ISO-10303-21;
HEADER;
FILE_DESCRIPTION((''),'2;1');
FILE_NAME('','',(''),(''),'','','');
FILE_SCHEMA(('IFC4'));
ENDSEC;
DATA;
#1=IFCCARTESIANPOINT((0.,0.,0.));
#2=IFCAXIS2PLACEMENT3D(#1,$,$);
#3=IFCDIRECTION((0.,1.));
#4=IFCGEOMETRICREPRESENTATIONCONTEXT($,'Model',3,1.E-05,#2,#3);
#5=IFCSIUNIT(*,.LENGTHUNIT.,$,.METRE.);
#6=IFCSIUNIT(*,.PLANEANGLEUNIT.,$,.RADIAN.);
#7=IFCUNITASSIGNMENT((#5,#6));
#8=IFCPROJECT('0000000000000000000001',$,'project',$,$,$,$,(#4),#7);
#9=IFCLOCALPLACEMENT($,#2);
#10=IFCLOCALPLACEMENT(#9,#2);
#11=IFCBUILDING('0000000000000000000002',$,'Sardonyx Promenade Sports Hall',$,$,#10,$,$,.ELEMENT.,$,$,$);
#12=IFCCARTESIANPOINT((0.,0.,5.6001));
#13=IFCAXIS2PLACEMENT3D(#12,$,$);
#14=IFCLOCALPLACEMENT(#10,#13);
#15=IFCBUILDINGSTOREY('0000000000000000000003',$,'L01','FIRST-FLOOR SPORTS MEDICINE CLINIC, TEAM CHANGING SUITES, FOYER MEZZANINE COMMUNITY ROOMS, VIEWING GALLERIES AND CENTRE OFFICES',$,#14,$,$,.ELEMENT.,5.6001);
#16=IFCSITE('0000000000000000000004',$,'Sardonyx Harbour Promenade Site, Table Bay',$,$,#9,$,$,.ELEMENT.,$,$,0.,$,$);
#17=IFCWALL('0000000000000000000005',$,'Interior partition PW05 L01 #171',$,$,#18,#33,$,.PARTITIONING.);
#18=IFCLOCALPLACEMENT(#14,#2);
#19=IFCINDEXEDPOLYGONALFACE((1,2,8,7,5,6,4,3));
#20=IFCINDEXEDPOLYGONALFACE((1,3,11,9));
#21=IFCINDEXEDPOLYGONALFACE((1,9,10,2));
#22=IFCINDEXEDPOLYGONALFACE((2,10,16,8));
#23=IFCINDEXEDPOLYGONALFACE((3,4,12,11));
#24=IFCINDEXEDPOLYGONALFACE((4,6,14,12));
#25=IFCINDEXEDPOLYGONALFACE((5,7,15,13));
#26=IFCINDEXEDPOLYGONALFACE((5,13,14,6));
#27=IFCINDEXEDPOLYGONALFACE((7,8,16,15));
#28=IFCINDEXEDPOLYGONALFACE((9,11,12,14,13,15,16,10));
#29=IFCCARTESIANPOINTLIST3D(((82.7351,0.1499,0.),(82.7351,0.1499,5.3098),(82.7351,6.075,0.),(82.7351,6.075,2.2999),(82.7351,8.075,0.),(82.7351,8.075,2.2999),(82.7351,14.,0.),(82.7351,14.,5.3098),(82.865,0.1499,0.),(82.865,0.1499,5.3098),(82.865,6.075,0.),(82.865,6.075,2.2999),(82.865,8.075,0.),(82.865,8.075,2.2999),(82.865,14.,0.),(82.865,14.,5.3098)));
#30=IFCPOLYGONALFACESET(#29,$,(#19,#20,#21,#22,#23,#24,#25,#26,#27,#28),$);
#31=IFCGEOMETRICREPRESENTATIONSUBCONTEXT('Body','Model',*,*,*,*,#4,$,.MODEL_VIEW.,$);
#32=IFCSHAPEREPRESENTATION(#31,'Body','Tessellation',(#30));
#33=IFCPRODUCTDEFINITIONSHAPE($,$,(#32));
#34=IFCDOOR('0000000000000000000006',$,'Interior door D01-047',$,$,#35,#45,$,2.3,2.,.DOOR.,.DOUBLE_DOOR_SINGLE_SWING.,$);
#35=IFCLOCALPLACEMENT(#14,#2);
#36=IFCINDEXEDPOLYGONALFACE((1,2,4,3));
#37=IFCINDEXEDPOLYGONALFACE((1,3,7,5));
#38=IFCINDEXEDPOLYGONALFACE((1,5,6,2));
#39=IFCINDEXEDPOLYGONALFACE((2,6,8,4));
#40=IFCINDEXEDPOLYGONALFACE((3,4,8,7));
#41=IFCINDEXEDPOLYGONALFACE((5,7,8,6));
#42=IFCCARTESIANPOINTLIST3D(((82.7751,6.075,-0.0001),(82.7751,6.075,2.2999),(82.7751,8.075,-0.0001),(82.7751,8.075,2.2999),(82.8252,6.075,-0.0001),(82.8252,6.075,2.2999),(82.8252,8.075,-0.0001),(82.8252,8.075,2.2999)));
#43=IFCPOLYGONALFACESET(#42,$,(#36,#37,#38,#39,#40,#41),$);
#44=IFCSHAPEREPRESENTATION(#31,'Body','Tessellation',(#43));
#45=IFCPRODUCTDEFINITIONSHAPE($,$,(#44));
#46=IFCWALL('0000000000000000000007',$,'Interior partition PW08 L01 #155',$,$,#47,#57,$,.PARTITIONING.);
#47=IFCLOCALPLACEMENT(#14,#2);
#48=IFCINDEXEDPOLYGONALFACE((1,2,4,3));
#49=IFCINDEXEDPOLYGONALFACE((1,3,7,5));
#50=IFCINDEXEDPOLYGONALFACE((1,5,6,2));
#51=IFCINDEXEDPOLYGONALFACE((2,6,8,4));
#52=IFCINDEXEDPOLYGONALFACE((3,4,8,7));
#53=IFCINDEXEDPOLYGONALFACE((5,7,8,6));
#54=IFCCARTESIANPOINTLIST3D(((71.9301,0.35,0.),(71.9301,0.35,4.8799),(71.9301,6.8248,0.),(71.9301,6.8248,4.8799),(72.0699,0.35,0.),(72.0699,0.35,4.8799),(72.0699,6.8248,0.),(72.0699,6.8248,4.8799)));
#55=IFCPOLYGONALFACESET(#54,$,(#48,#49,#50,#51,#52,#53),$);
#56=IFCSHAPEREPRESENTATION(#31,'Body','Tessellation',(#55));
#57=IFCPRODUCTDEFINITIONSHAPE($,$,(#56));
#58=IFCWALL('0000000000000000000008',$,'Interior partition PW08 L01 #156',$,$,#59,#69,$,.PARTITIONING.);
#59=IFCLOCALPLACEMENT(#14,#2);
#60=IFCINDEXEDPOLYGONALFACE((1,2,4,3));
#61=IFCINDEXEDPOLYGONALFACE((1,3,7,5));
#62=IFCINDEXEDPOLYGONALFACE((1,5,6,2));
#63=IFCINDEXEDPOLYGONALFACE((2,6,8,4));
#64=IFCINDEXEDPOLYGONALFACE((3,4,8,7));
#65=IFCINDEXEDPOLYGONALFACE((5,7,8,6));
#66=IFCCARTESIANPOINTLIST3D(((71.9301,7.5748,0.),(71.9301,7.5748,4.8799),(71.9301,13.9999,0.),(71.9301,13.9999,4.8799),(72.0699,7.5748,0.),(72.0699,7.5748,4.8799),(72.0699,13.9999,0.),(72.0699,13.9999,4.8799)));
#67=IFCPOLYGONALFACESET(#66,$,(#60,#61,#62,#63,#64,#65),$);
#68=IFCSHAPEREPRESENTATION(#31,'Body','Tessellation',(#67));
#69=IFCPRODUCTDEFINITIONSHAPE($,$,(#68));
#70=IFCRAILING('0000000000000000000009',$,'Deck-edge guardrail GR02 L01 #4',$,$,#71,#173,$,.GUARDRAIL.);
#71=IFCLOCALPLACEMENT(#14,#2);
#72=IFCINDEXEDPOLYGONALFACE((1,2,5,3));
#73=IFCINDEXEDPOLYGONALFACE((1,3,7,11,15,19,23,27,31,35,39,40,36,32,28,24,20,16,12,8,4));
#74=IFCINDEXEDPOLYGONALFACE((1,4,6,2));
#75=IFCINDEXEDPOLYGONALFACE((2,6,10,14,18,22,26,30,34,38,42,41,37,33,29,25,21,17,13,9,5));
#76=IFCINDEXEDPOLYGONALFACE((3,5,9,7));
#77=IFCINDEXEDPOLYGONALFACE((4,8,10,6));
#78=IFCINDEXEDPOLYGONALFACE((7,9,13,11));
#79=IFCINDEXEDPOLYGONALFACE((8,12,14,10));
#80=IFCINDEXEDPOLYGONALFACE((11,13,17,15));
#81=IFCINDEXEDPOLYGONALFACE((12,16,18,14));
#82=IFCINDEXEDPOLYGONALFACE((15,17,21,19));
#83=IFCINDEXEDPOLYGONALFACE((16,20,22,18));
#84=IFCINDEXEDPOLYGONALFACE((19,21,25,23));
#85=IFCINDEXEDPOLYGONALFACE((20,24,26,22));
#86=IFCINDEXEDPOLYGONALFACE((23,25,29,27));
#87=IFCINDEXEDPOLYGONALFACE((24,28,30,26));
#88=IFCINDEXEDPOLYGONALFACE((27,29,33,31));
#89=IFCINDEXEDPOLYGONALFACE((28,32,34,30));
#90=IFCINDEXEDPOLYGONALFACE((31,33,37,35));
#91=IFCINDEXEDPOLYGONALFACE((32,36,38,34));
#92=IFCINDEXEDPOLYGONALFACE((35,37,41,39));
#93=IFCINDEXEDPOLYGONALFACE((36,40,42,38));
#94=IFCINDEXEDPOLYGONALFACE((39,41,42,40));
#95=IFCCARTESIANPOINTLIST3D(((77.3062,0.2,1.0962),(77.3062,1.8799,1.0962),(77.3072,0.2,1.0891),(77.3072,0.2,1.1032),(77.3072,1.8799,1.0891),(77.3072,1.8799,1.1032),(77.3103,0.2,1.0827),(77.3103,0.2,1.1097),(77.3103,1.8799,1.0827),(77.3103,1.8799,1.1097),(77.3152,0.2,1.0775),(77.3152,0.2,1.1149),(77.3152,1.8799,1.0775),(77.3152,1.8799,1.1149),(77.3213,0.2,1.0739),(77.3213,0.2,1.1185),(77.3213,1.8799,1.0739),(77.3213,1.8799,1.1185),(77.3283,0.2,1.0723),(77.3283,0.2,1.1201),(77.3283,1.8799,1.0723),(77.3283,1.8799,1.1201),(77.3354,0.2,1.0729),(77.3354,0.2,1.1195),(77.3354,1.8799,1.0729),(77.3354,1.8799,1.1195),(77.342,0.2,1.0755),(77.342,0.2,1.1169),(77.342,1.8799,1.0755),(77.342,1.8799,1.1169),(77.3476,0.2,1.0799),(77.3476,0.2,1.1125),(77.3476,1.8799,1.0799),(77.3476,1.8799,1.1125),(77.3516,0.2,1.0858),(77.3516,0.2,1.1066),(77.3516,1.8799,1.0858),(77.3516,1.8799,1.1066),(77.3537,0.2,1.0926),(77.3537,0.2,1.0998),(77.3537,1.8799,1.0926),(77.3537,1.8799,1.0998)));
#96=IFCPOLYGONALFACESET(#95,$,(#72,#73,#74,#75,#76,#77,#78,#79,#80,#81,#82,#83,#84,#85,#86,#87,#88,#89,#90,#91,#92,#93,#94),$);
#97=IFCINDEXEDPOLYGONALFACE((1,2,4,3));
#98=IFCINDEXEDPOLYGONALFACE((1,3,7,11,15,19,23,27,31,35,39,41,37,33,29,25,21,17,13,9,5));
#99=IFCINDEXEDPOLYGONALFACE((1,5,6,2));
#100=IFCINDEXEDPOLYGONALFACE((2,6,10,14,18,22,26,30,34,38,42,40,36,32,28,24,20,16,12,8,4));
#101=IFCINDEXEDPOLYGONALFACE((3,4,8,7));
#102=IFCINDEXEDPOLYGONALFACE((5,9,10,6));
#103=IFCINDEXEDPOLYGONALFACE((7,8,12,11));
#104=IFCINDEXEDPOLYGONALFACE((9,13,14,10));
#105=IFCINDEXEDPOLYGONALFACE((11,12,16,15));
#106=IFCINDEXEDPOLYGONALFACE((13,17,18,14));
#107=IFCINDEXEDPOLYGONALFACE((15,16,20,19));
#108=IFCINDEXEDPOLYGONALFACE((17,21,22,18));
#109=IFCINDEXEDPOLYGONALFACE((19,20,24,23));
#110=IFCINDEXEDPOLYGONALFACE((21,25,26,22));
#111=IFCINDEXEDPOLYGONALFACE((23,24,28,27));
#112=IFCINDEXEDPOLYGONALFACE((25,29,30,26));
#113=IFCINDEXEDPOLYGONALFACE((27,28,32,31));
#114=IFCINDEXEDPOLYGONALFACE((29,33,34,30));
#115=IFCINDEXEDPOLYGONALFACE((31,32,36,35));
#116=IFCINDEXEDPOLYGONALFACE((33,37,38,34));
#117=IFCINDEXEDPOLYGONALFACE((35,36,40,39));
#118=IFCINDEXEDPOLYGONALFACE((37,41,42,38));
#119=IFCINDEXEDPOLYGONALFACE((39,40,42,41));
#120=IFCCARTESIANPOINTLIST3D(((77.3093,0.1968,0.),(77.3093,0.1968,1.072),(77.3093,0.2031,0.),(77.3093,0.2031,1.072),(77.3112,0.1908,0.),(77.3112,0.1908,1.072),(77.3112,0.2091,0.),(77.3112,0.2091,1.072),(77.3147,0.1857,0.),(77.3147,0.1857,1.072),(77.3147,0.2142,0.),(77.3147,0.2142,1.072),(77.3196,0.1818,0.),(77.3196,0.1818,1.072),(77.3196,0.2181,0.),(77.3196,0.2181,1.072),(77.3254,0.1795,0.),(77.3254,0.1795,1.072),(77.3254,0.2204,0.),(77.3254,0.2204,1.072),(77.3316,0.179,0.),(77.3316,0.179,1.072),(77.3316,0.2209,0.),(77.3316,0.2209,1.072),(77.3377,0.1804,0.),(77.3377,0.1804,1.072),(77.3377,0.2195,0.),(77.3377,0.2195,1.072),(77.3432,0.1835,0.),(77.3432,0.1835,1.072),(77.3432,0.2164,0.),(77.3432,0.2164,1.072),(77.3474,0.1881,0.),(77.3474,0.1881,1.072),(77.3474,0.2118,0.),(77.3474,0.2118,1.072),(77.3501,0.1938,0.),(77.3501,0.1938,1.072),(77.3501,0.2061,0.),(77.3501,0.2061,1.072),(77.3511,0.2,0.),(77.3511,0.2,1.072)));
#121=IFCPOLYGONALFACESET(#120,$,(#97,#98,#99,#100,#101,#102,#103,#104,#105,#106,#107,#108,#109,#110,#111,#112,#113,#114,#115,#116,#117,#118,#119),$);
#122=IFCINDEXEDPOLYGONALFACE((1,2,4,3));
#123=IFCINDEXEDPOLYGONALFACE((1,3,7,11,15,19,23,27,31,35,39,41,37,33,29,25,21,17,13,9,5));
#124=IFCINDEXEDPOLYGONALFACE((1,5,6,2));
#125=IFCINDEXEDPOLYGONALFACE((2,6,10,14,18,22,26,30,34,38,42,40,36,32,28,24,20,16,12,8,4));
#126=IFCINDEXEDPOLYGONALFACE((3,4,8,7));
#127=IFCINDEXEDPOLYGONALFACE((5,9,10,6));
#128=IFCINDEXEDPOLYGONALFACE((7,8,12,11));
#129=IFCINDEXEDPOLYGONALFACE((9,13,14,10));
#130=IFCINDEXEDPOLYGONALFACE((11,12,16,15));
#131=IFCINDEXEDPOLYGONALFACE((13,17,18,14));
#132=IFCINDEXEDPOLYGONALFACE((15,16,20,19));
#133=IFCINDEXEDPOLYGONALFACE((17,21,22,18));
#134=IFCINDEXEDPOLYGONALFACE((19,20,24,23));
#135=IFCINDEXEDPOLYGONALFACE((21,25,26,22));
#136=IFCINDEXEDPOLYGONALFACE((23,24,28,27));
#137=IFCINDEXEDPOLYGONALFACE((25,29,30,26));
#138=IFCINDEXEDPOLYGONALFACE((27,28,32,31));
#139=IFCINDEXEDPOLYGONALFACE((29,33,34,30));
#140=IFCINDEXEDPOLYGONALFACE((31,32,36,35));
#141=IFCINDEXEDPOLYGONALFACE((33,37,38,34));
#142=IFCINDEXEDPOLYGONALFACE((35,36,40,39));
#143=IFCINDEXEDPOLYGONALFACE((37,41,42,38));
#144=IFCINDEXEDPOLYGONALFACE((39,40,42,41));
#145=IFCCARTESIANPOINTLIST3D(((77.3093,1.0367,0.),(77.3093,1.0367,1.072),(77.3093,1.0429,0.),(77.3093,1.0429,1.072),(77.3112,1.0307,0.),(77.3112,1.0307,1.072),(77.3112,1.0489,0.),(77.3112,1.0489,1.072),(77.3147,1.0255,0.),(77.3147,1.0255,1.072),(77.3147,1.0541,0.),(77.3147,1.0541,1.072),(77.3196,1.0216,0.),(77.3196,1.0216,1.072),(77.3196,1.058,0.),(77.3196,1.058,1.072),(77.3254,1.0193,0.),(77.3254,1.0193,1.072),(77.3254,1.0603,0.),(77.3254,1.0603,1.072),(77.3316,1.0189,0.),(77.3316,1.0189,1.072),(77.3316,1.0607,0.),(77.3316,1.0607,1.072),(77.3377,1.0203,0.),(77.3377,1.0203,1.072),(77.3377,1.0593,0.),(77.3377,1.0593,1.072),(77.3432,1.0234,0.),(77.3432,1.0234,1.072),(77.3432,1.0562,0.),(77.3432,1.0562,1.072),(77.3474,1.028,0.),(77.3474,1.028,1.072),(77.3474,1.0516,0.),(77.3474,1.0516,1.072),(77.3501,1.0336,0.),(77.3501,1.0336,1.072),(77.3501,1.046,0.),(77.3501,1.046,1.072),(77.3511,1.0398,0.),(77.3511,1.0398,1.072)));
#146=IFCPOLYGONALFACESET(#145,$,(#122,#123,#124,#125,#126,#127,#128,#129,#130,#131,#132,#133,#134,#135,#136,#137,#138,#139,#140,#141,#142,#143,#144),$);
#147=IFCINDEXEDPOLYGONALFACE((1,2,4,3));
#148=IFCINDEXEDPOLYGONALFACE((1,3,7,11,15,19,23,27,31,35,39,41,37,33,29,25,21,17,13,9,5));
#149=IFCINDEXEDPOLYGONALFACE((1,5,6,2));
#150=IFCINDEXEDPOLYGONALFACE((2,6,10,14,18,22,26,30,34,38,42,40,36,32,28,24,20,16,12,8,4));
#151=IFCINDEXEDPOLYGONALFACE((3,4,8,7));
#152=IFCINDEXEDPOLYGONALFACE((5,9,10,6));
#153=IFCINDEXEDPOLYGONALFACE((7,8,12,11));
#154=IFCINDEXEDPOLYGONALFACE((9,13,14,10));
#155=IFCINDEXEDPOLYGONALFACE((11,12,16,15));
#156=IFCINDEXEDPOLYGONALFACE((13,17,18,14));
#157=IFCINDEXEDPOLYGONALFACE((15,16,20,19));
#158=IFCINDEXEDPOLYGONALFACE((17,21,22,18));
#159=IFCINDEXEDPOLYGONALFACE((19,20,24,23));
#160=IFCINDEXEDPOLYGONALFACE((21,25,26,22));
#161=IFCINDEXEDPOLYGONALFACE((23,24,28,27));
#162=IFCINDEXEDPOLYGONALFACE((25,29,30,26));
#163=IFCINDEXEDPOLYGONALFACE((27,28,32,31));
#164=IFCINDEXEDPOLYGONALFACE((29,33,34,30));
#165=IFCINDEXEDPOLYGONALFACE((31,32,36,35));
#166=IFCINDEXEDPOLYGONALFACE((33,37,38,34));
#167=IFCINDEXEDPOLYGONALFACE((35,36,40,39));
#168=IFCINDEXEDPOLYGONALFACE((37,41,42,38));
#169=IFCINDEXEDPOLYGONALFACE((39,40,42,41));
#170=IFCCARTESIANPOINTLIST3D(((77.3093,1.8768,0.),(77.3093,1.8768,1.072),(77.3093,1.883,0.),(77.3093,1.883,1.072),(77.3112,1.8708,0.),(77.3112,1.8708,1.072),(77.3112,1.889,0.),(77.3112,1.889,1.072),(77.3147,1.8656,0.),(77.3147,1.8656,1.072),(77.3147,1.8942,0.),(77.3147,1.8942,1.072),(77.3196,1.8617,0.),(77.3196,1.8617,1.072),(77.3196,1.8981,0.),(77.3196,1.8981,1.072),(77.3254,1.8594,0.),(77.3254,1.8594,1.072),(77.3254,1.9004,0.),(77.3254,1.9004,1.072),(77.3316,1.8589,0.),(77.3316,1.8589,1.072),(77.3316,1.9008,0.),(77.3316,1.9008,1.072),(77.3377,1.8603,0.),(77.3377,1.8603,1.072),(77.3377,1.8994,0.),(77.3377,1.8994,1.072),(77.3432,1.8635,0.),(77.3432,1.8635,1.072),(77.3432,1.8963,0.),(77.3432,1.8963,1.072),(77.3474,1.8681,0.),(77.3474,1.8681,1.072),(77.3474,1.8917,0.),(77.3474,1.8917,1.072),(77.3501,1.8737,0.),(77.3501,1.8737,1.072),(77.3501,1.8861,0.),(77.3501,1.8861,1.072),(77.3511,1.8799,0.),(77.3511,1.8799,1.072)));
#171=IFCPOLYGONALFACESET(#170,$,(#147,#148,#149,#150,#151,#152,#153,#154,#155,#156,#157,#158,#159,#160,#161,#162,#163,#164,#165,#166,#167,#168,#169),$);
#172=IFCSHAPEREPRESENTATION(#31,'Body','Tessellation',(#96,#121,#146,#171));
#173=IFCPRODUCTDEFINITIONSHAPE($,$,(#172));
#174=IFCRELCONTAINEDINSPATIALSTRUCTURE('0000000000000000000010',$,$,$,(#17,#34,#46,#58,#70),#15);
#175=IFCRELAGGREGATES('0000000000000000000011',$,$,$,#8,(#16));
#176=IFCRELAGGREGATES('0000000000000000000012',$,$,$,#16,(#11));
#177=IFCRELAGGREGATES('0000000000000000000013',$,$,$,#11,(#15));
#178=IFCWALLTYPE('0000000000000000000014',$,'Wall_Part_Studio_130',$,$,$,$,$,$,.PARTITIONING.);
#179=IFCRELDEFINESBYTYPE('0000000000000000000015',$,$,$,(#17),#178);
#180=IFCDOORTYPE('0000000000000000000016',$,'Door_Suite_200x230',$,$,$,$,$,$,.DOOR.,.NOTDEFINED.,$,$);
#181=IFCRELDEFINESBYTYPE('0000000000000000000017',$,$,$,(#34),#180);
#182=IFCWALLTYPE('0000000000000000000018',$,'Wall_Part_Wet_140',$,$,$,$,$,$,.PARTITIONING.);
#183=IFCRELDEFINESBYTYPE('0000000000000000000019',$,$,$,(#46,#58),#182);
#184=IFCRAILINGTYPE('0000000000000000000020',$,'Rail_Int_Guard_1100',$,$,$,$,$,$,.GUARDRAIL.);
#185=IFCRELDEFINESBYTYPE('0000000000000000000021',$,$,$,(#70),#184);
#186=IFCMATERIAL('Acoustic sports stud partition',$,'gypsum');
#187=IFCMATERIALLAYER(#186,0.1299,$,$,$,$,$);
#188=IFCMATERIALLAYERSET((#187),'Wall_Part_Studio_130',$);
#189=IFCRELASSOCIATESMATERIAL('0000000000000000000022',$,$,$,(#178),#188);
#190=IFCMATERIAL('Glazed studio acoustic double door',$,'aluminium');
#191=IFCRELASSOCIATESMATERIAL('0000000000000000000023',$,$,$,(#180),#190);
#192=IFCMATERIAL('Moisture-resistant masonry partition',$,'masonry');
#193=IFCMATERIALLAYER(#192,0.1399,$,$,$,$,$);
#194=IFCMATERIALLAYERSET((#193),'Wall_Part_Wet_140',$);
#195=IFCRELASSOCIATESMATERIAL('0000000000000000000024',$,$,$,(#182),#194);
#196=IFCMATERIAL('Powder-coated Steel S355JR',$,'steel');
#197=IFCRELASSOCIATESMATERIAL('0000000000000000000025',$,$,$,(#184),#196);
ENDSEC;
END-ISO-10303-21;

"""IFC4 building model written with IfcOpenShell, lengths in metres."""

from ifc_helpers import new_model, si_unit, direction, frame, frame_2d, origin, origin_2d, place, context, subcontext, project, spatial, rectangle, circle, extrude, material, layer, layer_set, type_object, element, fill, save


model = new_model("IFC4")

# Units and contexts
model_context = context("Model", 3, precision=1e-05, world=origin(), true_north=direction((0.0, 1.0)))
body_context = subcontext(model_context, "Body", "Model", "MODEL_VIEW")
ifc_project = project(units=[si_unit("LENGTHUNIT", "METRE"), si_unit("PLANEANGLEUNIT", "RADIAN")], contexts=[model_context])

# Site, building, storey
site_placement = place(None, origin())
site = spatial("IfcSite", under=ifc_project, at=site_placement, Name="Sardonyx Harbour Promenade Site, Table Bay", CompositionType="ELEMENT", RefElevation=0.0)
building_placement = place(site_placement, origin())
building = spatial("IfcBuilding", under=site, at=building_placement, Name="Sardonyx Promenade Sports Hall", CompositionType="ELEMENT")
storey_placement = place(building_placement, frame((0.0, 0.0, 5.6001)))
storey = spatial("IfcBuildingStorey", under=building, at=storey_placement, Name="L01", Description="FIRST-FLOOR SPORTS MEDICINE CLINIC, TEAM CHANGING SUITES, FOYER MEZZANINE COMMUNITY ROOMS, VIEWING GALLERIES AND CENTRE OFFICES", CompositionType="ELEMENT", Elevation=5.6001)

# Wall, opening, door
ifc_material_1 = material(Name="Acoustic sports stud partition", Category="gypsum")
ifc_layer_1 = layer(ifc_material_1, 0.1299)
ifc_layer_set_1 = layer_set([ifc_layer_1], Name="Wall_Part_Studio_130")
wall_type_1 = type_object("IfcWallType", Name="Wall_Part_Studio_130", PredefinedType="PARTITIONING", material=ifc_layer_set_1)
wall_1_placement = place(storey_placement, frame((82.8, 0.1499, 0.0), z_axis=(0.0, 0.0, 1.0), x_axis=(0.0, 1.0, 0.0)))
wall_1 = element("IfcWall", 1, at=wall_1_placement, inside=storey, type_object=wall_type_1, Name="Interior partition PW05 L01 #171", PredefinedType="PARTITIONING", context=body_context, shape_type="SweptSolid", body=[
    extrude(rectangle(XDim=13.8501, YDim=0.1299, at=frame_2d((6.925, 0.0))), origin(), (0.0, 0.0, 1.0), 5.3098),
])
opening_1_placement = place(wall_1_placement, frame((5.925, 0.0, 0.0)))
opening_1 = element("IfcOpeningElement", 2, at=opening_1_placement, cuts=wall_1, PredefinedType="OPENING", context=body_context, shape_type="SweptSolid", body=[
    extrude(rectangle(XDim=2.0, YDim=2.3, at=frame_2d((1.0, 1.1499))), frame((0.0, 0.075, 0.0), z_axis=(0.0, -1.0, 0.0), x_axis=(1.0, 0.0, 0.0)), (0.0, 0.0, 1.0), 0.15),
])
ifc_material_2 = material(Name="Glazed studio acoustic double door", Category="aluminium")
door_type_1 = type_object("IfcDoorType", Name="Door_Suite_200x230", OperationType="NOTDEFINED", PredefinedType="DOOR", material=ifc_material_2)
door_1_placement = place(opening_1_placement, origin())
door_1 = element("IfcDoor", 3, at=door_1_placement, inside=storey, type_object=door_type_1, Name="Interior door D01-047", OperationType="DOUBLE_DOOR_SINGLE_SWING", OverallHeight=2.3, OverallWidth=2.0, PredefinedType="DOOR", context=body_context, shape_type="SweptSolid", body=[
    extrude(rectangle(XDim=2.0, YDim=2.3, at=frame_2d((1.0, 1.1499))), frame((0.0, 0.0249, 0.0), z_axis=(0.0, -1.0, 0.0), x_axis=(1.0, 0.0, 0.0)), (0.0, 0.0, 1.0), 0.05),
])
fill(opening_1, door_1)

# Walls
ifc_material_3 = material(Name="Moisture-resistant masonry partition", Category="masonry")
ifc_layer_2 = layer(ifc_material_3, 0.1399)
ifc_layer_set_2 = layer_set([ifc_layer_2], Name="Wall_Part_Wet_140")
wall_type_2 = type_object("IfcWallType", Name="Wall_Part_Wet_140", PredefinedType="PARTITIONING", material=ifc_layer_set_2)
wall_2_placement = place(storey_placement, frame((72.0, 0.3501, 0.0), z_axis=(0.0, 0.0, 1.0), x_axis=(0.0, 1.0, 0.0)))
element("IfcWall", 4, at=wall_2_placement, inside=storey, type_object=wall_type_2, Name="Interior partition PW08 L01 #155", PredefinedType="PARTITIONING", context=body_context, shape_type="SweptSolid", body=[
    extrude(rectangle(XDim=6.4749, YDim=0.1399, at=frame_2d((3.2373, 0.0))), origin(), (0.0, 0.0, 1.0), 4.8799),
])
wall_3_placement = place(storey_placement, frame((72.0, 7.575, 0.0), z_axis=(0.0, 0.0, 1.0), x_axis=(0.0, 1.0, 0.0)))
element("IfcWall", 5, at=wall_3_placement, inside=storey, type_object=wall_type_2, Name="Interior partition PW08 L01 #156", PredefinedType="PARTITIONING", context=body_context, shape_type="SweptSolid", body=[
    extrude(rectangle(XDim=6.425, YDim=0.1399, at=frame_2d((3.2124, 0.0))), origin(), (0.0, 0.0, 1.0), 4.8799),
])

# Railing
ifc_material_4 = material(Name="Powder-coated Steel S355JR", Category="steel")
railing_type = type_object("IfcRailingType", Name="Rail_Int_Guard_1100", PredefinedType="GUARDRAIL", material=ifc_material_4)
railing_1_placement = place(storey_placement, frame((77.3301, 0.2, 0.0)))
element("IfcRailing", 6, at=railing_1_placement, inside=storey, type_object=railing_type, Name="Deck-edge guardrail GR02 L01 #4", PredefinedType="GUARDRAIL", context=body_context, shape_type="SweptSolid", body=[
    extrude(circle(Radius=0.0239, at=origin_2d()), frame((0.0, 0.0, 1.0962), z_axis=(0.0, 1.0, 0.0), x_axis=(-1.0, 0.0, 0.0)), (0.0, 0.0, 1.0), 1.6799),
    extrude(circle(Radius=0.021, at=origin_2d()), origin(), (0.0, 0.0, 1.0), 1.072),
    extrude(circle(Radius=0.021, at=origin_2d()), frame((0.0, 0.8398, 0.0)), (0.0, 0.0, 1.0), 1.072),
    extrude(circle(Radius=0.021, at=origin_2d()), frame((0.0, 1.6799, 0.0)), (0.0, 0.0, 1.0), 1.072),
])

save(model, "model.ifc")
